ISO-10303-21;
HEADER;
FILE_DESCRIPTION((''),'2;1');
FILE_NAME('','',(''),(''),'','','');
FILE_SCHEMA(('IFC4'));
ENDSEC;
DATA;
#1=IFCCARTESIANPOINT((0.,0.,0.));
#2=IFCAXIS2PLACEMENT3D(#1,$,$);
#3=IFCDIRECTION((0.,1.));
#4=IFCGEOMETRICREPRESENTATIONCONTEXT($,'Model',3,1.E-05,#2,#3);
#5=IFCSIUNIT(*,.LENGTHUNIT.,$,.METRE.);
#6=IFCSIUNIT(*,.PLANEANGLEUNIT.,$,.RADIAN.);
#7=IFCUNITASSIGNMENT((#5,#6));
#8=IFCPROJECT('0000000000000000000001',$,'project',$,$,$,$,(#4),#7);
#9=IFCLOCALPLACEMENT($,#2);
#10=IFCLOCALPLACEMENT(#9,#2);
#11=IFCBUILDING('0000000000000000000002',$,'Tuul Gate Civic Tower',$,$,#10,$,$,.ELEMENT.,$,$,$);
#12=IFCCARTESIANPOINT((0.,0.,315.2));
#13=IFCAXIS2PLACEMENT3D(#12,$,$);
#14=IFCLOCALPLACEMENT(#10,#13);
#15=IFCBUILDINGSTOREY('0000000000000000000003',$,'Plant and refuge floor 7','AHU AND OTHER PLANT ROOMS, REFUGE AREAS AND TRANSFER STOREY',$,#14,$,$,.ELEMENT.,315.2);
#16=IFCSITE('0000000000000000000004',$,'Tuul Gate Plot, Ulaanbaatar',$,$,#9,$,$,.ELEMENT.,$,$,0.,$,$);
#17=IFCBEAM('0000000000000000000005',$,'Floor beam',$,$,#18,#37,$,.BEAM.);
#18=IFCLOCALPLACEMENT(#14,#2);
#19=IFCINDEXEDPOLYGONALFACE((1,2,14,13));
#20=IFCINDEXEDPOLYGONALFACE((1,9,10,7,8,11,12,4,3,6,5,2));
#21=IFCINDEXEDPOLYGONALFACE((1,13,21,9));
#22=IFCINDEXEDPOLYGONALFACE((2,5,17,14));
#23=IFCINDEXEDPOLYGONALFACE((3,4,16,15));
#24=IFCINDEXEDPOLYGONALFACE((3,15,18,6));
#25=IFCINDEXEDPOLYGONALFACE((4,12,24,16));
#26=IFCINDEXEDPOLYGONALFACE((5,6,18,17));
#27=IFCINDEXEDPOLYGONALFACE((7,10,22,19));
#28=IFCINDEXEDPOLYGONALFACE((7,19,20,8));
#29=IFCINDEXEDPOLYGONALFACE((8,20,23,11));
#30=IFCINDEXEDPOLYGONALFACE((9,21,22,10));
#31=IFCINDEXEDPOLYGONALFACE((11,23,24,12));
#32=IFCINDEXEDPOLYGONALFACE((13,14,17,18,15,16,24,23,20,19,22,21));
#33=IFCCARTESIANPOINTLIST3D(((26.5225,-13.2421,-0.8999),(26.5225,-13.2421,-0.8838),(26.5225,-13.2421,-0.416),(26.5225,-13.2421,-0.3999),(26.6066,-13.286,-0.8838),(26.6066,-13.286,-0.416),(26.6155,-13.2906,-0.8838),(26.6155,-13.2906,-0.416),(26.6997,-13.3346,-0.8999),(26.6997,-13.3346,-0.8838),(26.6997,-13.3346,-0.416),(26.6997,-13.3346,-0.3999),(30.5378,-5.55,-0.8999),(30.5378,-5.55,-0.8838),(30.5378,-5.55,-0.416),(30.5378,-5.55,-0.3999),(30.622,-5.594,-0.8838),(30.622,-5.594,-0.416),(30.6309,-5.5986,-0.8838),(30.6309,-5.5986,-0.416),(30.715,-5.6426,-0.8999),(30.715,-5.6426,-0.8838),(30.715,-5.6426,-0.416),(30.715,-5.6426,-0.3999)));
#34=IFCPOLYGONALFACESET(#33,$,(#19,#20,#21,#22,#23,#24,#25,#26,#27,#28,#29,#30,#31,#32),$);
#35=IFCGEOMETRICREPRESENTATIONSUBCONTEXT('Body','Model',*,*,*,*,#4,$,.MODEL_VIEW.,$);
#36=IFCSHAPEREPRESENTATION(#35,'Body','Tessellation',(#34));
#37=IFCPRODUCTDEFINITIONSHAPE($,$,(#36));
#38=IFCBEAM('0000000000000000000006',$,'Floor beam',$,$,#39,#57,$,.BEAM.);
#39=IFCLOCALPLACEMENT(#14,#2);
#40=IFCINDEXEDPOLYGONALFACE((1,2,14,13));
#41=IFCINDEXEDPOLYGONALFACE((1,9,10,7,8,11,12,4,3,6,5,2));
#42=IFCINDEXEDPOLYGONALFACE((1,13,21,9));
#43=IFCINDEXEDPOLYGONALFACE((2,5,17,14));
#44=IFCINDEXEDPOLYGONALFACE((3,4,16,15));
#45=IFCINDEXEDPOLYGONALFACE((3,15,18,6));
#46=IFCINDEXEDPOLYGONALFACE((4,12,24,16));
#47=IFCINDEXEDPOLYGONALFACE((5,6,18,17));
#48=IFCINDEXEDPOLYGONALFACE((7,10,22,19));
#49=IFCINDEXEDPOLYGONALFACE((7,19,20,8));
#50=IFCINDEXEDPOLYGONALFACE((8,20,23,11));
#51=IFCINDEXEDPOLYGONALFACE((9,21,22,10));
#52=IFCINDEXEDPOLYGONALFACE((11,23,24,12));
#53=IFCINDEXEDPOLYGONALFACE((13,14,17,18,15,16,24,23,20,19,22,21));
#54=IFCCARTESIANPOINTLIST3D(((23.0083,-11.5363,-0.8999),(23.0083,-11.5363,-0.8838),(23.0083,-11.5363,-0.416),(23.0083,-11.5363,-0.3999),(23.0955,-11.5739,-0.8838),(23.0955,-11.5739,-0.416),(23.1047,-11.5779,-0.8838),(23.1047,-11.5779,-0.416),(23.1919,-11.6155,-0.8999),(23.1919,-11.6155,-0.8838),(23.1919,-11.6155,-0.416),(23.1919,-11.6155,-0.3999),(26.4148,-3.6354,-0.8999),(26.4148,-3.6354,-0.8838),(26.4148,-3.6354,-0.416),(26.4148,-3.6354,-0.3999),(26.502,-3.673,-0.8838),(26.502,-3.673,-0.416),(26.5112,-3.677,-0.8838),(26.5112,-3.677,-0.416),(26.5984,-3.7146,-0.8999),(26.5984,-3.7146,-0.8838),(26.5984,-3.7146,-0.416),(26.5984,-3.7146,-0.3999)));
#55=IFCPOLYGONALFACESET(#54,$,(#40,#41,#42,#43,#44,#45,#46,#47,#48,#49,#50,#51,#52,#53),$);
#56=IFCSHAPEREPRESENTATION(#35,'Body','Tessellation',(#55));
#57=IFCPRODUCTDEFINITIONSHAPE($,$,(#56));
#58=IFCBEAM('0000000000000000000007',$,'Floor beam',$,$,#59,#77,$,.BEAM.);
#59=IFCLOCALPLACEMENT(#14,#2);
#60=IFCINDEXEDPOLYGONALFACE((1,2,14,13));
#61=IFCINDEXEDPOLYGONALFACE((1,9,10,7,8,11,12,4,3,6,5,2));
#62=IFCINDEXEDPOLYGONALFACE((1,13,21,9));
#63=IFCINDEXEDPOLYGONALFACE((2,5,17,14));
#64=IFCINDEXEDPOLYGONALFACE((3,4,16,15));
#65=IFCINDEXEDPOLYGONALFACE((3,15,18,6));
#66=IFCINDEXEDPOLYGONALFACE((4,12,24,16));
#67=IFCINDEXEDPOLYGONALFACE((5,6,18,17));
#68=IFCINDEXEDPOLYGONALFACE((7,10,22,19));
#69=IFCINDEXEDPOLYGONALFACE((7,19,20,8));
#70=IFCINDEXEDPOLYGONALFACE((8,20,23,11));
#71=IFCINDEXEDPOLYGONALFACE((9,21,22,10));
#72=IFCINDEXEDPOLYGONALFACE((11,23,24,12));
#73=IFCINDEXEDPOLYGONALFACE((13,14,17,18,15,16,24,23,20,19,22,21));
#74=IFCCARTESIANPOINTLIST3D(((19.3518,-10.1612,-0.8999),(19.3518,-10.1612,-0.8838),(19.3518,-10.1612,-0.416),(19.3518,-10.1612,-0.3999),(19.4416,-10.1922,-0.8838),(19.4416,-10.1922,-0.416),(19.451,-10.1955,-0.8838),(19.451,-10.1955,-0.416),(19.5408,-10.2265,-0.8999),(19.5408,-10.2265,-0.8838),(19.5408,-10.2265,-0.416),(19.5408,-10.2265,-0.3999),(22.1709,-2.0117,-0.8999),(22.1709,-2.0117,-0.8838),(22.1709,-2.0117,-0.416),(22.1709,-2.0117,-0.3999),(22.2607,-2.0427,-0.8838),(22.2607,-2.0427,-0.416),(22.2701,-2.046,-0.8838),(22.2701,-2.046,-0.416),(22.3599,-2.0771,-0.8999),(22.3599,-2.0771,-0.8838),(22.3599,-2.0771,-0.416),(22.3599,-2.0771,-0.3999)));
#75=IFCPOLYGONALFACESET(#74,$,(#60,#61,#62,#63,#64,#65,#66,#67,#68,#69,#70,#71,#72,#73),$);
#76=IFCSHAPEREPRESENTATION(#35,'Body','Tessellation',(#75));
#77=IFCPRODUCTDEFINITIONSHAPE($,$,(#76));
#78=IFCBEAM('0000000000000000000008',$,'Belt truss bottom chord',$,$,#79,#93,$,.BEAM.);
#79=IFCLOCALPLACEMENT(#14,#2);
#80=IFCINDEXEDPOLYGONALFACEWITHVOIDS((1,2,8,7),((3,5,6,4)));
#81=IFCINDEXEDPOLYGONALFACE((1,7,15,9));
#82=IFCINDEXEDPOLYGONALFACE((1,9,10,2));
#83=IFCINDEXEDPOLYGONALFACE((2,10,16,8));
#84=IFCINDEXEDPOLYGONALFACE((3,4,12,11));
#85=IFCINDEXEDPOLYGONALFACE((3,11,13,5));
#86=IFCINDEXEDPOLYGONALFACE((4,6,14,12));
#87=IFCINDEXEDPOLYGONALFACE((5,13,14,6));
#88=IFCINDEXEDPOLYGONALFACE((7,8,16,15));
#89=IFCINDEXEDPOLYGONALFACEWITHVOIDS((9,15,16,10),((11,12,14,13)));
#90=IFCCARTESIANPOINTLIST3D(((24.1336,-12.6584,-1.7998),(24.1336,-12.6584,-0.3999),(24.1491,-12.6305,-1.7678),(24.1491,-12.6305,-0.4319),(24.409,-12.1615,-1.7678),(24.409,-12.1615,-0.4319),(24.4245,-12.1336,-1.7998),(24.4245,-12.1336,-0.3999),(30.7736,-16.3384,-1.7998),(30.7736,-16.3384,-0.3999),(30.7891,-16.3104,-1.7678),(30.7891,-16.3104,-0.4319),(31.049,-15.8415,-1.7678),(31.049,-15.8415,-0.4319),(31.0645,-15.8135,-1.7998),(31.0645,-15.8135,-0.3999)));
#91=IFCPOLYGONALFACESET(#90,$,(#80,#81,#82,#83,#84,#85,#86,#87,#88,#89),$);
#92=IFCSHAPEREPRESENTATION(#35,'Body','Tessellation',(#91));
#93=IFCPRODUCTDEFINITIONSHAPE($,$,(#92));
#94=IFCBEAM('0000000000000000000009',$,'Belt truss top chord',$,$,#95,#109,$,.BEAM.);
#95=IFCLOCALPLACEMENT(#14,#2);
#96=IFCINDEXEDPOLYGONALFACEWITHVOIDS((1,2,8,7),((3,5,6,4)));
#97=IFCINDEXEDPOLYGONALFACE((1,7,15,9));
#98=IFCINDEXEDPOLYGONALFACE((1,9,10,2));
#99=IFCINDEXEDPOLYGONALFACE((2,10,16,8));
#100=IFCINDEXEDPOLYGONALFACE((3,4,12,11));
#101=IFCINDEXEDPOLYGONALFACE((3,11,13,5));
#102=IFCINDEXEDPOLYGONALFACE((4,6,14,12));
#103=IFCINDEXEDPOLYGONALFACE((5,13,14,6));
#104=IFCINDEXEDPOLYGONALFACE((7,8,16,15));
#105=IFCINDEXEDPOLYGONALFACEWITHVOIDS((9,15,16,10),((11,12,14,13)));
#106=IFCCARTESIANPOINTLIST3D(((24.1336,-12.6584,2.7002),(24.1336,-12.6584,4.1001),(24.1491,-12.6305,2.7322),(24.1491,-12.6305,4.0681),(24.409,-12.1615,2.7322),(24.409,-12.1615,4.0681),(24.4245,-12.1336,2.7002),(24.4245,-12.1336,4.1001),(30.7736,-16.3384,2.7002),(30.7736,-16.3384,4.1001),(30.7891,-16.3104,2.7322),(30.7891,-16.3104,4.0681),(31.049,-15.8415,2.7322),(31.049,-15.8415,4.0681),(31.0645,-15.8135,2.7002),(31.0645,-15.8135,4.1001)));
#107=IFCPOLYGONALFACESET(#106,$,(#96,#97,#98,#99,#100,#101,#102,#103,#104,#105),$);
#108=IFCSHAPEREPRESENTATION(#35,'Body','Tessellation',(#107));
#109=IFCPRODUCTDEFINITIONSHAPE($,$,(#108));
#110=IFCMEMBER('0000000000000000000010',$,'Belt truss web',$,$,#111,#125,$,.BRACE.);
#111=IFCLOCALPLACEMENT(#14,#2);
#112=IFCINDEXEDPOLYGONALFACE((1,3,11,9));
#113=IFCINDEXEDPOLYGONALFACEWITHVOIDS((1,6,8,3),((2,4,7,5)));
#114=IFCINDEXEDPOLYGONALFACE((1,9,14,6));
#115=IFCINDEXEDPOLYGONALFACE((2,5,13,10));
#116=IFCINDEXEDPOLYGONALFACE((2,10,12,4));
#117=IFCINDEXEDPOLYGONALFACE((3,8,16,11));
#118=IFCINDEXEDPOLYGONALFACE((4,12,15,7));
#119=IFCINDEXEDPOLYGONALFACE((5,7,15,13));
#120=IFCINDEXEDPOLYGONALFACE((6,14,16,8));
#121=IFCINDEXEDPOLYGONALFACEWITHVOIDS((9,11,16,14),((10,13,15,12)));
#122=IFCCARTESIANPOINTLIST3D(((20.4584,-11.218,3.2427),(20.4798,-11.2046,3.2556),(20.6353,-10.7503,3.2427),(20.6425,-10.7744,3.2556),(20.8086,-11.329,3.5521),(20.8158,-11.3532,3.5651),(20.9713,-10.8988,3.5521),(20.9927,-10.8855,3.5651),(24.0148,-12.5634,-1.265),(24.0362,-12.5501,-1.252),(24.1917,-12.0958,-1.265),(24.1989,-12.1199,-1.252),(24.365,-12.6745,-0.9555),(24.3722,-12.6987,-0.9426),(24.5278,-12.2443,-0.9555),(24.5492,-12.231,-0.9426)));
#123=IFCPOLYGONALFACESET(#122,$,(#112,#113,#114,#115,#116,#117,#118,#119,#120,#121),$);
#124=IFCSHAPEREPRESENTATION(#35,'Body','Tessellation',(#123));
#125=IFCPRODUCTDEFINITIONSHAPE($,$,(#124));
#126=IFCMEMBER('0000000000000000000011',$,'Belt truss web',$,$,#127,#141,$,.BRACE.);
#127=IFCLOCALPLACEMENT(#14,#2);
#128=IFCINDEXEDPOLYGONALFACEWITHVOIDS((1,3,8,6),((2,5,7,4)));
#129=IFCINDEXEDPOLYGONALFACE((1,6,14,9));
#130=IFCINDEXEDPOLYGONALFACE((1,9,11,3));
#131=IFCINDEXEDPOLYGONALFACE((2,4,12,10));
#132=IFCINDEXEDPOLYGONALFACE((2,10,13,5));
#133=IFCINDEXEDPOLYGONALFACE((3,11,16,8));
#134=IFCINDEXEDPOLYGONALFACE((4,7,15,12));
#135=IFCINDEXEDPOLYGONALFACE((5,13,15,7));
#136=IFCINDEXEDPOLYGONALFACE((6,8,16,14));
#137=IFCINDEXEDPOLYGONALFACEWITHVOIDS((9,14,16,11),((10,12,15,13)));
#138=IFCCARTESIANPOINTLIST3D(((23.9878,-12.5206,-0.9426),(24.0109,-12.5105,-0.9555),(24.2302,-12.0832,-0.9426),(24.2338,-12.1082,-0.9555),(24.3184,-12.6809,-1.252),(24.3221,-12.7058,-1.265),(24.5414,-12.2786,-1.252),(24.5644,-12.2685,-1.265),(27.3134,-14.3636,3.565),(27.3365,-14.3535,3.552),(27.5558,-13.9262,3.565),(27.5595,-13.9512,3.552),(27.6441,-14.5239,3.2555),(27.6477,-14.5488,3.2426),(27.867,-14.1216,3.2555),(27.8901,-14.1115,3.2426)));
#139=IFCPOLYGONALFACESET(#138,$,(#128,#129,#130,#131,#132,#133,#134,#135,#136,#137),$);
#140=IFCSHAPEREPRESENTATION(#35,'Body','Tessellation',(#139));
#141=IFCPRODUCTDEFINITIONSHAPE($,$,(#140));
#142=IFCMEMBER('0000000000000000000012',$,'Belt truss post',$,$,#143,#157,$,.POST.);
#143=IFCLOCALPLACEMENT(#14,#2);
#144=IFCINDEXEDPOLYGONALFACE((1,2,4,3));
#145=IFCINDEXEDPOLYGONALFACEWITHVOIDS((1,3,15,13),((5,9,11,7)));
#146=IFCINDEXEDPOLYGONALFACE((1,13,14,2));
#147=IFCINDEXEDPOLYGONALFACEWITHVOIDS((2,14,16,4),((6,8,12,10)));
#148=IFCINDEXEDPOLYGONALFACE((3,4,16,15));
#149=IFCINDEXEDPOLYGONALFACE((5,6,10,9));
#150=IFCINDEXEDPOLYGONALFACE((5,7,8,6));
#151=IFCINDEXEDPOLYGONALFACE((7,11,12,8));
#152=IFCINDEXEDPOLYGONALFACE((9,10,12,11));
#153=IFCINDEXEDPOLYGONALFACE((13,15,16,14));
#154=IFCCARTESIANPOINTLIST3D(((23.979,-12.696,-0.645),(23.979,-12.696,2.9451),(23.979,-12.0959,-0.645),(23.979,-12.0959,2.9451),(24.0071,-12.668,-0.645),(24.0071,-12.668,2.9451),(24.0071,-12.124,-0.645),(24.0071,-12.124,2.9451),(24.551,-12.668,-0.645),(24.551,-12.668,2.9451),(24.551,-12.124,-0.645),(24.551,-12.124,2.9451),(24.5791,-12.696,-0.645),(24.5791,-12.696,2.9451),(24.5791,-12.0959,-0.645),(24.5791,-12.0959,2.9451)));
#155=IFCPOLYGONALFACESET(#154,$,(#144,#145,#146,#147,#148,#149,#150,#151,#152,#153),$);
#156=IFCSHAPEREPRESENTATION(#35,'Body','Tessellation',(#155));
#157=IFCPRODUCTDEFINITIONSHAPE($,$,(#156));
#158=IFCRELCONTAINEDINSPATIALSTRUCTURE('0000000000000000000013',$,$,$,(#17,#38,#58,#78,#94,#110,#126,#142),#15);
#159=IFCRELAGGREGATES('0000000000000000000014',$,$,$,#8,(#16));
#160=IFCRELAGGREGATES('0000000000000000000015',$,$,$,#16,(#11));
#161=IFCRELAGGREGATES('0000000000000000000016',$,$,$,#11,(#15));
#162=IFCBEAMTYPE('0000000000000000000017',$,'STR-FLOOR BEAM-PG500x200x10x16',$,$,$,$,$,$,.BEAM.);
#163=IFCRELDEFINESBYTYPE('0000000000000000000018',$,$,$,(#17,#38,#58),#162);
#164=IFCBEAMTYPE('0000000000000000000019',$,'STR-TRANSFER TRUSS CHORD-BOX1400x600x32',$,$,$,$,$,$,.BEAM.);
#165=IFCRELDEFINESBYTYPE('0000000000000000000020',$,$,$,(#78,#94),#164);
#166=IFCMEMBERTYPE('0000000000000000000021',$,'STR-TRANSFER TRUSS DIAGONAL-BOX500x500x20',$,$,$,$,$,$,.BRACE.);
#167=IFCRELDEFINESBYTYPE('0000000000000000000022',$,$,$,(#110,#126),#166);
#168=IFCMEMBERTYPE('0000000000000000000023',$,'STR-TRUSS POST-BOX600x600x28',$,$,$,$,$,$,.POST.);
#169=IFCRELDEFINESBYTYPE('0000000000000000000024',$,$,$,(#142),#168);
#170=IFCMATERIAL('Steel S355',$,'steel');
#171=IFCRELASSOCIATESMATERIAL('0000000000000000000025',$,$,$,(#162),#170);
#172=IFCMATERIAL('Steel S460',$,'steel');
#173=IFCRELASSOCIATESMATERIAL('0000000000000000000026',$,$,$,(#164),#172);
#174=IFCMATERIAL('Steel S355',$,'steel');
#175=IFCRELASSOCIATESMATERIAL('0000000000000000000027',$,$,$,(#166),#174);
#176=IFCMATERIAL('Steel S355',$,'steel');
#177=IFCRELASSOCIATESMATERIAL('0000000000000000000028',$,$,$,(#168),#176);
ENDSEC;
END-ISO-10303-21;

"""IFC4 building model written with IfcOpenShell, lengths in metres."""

from ifc_helpers import new_model, si_unit, direction, frame, origin, origin_2d, place, context, subcontext, project, spatial, hollow_rectangle, i_section, extrude, material, material_profile, profile_set, type_object, element, save


model = new_model("IFC4")

# Units and contexts
model_context = context("Model", 3, precision=1e-05, world=origin(), true_north=direction((0.0, 1.0)))
body_context = subcontext(model_context, "Body", "Model", "MODEL_VIEW")
ifc_project = project(units=[si_unit("LENGTHUNIT", "METRE"), si_unit("PLANEANGLEUNIT", "RADIAN")], contexts=[model_context])

# Site, building, storey
site_placement = place(None, origin())
site = spatial("IfcSite", under=ifc_project, at=site_placement, Name="Tuul Gate Plot, Ulaanbaatar", CompositionType="ELEMENT", RefElevation=0.0)
building_placement = place(site_placement, origin())
building = spatial("IfcBuilding", under=site, at=building_placement, Name="Tuul Gate Civic Tower", CompositionType="ELEMENT")
storey_placement = place(building_placement, frame((0.0, 0.0, 315.2)))
storey = spatial("IfcBuildingStorey", under=building, at=storey_placement, Name="Plant and refuge floor 7", Description="AHU AND OTHER PLANT ROOMS, REFUGE AREAS AND TRANSFER STOREY", CompositionType="ELEMENT", Elevation=315.2)

# Beams
ifc_material_1 = material(Name="Steel S355", Category="steel")
ifc_material_profile_1 = material_profile(ifc_material_1, i_section(OverallWidth=0.2, OverallDepth=0.5, WebThickness=0.01, FlangeThickness=0.0161, at=origin_2d()), Name="PG500x200x10x16")
ifc_profile_set_1 = profile_set([ifc_material_profile_1], Name="Steel S355")
beam_type_1 = type_object("IfcBeamType", Name="STR-FLOOR BEAM-PG500x200x10x16", PredefinedType="BEAM", material=ifc_profile_set_1)
beam_1_placement = place(storey_placement, frame((26.6111, -13.2883, -0.6499), z_axis=(0.462755, 0.886486, 0.0), x_axis=(-0.886486, 0.462755, 0.0)))
element("IfcBeam", 1, at=beam_1_placement, inside=storey, type_object=beam_type_1, Name="Floor beam", PredefinedType="BEAM", context=body_context, shape_type="SweptSolid", body=[
    extrude(i_section(OverallWidth=0.2, OverallDepth=0.5, WebThickness=0.01, FlangeThickness=0.0161, at=origin_2d()), origin(), (0.0, 0.0, 1.0), 8.677),
])
beam_2_placement = place(storey_placement, frame((23.1001, -11.5759, -0.6499), z_axis=(0.395922, 0.918284, 0.0), x_axis=(-0.918284, 0.395922, 0.0)))
element("IfcBeam", 2, at=beam_2_placement, inside=storey, type_object=beam_type_1, Name="Floor beam", PredefinedType="BEAM", context=body_context, shape_type="SweptSolid", body=[
    extrude(i_section(OverallWidth=0.2, OverallDepth=0.5, WebThickness=0.01, FlangeThickness=0.0161, at=origin_2d()), origin(), (0.0, 0.0, 1.0), 8.604),
])
beam_3_placement = place(storey_placement, frame((19.4463, -10.1938, -0.6499), z_axis=(0.326918, 0.945053, 0.0), x_axis=(-0.945053, 0.326918, 0.0)))
element("IfcBeam", 3, at=beam_3_placement, inside=storey, type_object=beam_type_1, Name="Floor beam", PredefinedType="BEAM", context=body_context, shape_type="SweptSolid", body=[
    extrude(i_section(OverallWidth=0.2, OverallDepth=0.5, WebThickness=0.01, FlangeThickness=0.0161, at=origin_2d()), origin(), (0.0, 0.0, 1.0), 8.6233),
])
ifc_material_2 = material(Name="Steel S460", Category="steel")
ifc_material_profile_2 = material_profile(ifc_material_2, hollow_rectangle(XDim=0.6001, YDim=1.3999, WallThickness=0.032, at=origin_2d()), Name="BOX1400x600x32")
ifc_profile_set_2 = profile_set([ifc_material_profile_2], Name="Steel S460")
beam_type_2 = type_object("IfcBeamType", Name="STR-TRANSFER TRUSS CHORD-BOX1400x600x32", PredefinedType="BEAM", material=ifc_profile_set_2)
for number, where, z_axis, x_axis, name in (
    (4, (24.2791, -12.396, -1.0999), (0.874654, -0.484747, 0.0), (0.484747, 0.874654, 0.0), "Belt truss bottom chord"),
    (5, (24.2791, -12.396, 3.4001), (0.874654, -0.484747, 0.0), (0.484747, 0.874654, 0.0), "Belt truss top chord"),
):
    element("IfcBeam", number, at=place(storey_placement, frame(where, z_axis=z_axis, x_axis=x_axis)), inside=storey, type_object=beam_type_2, Name=name, PredefinedType="BEAM", context=body_context, shape_type="SweptSolid", body=[
        extrude(hollow_rectangle(XDim=0.6001, YDim=1.3999, WallThickness=0.032, at=origin_2d()), origin(), (0.0, 0.0, 1.0), 7.5916),
    ])

# Members
ifc_material_3 = material(Name="Steel S355", Category="steel")
ifc_material_profile_3 = material_profile(ifc_material_3, hollow_rectangle(XDim=0.5, YDim=0.5, WallThickness=0.02, at=origin_2d()), Name="BOX500x500x20")
ifc_profile_set_3 = profile_set([ifc_material_profile_3], Name="Steel S355")
member_type_1 = type_object("IfcMemberType", Name="STR-TRANSFER TRUSS DIAGONAL-BOX500x500x20", PredefinedType="BRACE", material=ifc_profile_set_3)
member_1_placement = place(storey_placement, frame((24.282, -12.3972, -1.1038), z_axis=(-0.60307, 0.228154, 0.764364), x_axis=(-0.353845, -0.935304, 0.0)))
element("IfcMember", 6, at=member_1_placement, inside=storey, type_object=member_type_1, Name="Belt truss web", PredefinedType="BRACE", context=body_context, shape_type="SweptSolid", body=[
    extrude(hollow_rectangle(XDim=0.5, YDim=0.5, WallThickness=0.02, at=origin_2d()), origin(), (0.0, 0.0, 1.0), 5.8972),
])
member_2_placement = place(storey_placement, frame((24.2761, -12.3945, -1.1038), z_axis=(0.563958, -0.312533, 0.764378), x_axis=(0.484721, 0.874669, 0.0)))
element("IfcMember", 7, at=member_2_placement, inside=storey, type_object=member_type_1, Name="Belt truss web", PredefinedType="BRACE", context=body_context, shape_type="SweptSolid", body=[
    extrude(hollow_rectangle(XDim=0.5, YDim=0.5, WallThickness=0.02, at=origin_2d()), origin(), (0.0, 0.0, 1.0), 5.897),
])
ifc_material_4 = material(Name="Steel S355", Category="steel")
ifc_material_profile_4 = material_profile(ifc_material_4, hollow_rectangle(XDim=0.6001, YDim=0.6001, WallThickness=0.0281, at=origin_2d()), Name="BOX600x600x28")
ifc_profile_set_4 = profile_set([ifc_material_profile_4], Name="Steel S355")
member_type_2 = type_object("IfcMemberType", Name="STR-TRUSS POST-BOX600x600x28", PredefinedType="POST", material=ifc_profile_set_4)
member_3_placement = place(storey_placement, frame((24.2791, -12.396, -0.645), z_axis=(0.0, 0.0, 1.0), x_axis=(1.0, 0.0, 0.0)))
element("IfcMember", 8, at=member_3_placement, inside=storey, type_object=member_type_2, Name="Belt truss post", PredefinedType="POST", context=body_context, shape_type="SweptSolid", body=[
    extrude(hollow_rectangle(XDim=0.6001, YDim=0.6001, WallThickness=0.0281, at=origin_2d()), origin(), (0.0, 0.0, 1.0), 3.5901),
])

save(model, "model.ifc")
